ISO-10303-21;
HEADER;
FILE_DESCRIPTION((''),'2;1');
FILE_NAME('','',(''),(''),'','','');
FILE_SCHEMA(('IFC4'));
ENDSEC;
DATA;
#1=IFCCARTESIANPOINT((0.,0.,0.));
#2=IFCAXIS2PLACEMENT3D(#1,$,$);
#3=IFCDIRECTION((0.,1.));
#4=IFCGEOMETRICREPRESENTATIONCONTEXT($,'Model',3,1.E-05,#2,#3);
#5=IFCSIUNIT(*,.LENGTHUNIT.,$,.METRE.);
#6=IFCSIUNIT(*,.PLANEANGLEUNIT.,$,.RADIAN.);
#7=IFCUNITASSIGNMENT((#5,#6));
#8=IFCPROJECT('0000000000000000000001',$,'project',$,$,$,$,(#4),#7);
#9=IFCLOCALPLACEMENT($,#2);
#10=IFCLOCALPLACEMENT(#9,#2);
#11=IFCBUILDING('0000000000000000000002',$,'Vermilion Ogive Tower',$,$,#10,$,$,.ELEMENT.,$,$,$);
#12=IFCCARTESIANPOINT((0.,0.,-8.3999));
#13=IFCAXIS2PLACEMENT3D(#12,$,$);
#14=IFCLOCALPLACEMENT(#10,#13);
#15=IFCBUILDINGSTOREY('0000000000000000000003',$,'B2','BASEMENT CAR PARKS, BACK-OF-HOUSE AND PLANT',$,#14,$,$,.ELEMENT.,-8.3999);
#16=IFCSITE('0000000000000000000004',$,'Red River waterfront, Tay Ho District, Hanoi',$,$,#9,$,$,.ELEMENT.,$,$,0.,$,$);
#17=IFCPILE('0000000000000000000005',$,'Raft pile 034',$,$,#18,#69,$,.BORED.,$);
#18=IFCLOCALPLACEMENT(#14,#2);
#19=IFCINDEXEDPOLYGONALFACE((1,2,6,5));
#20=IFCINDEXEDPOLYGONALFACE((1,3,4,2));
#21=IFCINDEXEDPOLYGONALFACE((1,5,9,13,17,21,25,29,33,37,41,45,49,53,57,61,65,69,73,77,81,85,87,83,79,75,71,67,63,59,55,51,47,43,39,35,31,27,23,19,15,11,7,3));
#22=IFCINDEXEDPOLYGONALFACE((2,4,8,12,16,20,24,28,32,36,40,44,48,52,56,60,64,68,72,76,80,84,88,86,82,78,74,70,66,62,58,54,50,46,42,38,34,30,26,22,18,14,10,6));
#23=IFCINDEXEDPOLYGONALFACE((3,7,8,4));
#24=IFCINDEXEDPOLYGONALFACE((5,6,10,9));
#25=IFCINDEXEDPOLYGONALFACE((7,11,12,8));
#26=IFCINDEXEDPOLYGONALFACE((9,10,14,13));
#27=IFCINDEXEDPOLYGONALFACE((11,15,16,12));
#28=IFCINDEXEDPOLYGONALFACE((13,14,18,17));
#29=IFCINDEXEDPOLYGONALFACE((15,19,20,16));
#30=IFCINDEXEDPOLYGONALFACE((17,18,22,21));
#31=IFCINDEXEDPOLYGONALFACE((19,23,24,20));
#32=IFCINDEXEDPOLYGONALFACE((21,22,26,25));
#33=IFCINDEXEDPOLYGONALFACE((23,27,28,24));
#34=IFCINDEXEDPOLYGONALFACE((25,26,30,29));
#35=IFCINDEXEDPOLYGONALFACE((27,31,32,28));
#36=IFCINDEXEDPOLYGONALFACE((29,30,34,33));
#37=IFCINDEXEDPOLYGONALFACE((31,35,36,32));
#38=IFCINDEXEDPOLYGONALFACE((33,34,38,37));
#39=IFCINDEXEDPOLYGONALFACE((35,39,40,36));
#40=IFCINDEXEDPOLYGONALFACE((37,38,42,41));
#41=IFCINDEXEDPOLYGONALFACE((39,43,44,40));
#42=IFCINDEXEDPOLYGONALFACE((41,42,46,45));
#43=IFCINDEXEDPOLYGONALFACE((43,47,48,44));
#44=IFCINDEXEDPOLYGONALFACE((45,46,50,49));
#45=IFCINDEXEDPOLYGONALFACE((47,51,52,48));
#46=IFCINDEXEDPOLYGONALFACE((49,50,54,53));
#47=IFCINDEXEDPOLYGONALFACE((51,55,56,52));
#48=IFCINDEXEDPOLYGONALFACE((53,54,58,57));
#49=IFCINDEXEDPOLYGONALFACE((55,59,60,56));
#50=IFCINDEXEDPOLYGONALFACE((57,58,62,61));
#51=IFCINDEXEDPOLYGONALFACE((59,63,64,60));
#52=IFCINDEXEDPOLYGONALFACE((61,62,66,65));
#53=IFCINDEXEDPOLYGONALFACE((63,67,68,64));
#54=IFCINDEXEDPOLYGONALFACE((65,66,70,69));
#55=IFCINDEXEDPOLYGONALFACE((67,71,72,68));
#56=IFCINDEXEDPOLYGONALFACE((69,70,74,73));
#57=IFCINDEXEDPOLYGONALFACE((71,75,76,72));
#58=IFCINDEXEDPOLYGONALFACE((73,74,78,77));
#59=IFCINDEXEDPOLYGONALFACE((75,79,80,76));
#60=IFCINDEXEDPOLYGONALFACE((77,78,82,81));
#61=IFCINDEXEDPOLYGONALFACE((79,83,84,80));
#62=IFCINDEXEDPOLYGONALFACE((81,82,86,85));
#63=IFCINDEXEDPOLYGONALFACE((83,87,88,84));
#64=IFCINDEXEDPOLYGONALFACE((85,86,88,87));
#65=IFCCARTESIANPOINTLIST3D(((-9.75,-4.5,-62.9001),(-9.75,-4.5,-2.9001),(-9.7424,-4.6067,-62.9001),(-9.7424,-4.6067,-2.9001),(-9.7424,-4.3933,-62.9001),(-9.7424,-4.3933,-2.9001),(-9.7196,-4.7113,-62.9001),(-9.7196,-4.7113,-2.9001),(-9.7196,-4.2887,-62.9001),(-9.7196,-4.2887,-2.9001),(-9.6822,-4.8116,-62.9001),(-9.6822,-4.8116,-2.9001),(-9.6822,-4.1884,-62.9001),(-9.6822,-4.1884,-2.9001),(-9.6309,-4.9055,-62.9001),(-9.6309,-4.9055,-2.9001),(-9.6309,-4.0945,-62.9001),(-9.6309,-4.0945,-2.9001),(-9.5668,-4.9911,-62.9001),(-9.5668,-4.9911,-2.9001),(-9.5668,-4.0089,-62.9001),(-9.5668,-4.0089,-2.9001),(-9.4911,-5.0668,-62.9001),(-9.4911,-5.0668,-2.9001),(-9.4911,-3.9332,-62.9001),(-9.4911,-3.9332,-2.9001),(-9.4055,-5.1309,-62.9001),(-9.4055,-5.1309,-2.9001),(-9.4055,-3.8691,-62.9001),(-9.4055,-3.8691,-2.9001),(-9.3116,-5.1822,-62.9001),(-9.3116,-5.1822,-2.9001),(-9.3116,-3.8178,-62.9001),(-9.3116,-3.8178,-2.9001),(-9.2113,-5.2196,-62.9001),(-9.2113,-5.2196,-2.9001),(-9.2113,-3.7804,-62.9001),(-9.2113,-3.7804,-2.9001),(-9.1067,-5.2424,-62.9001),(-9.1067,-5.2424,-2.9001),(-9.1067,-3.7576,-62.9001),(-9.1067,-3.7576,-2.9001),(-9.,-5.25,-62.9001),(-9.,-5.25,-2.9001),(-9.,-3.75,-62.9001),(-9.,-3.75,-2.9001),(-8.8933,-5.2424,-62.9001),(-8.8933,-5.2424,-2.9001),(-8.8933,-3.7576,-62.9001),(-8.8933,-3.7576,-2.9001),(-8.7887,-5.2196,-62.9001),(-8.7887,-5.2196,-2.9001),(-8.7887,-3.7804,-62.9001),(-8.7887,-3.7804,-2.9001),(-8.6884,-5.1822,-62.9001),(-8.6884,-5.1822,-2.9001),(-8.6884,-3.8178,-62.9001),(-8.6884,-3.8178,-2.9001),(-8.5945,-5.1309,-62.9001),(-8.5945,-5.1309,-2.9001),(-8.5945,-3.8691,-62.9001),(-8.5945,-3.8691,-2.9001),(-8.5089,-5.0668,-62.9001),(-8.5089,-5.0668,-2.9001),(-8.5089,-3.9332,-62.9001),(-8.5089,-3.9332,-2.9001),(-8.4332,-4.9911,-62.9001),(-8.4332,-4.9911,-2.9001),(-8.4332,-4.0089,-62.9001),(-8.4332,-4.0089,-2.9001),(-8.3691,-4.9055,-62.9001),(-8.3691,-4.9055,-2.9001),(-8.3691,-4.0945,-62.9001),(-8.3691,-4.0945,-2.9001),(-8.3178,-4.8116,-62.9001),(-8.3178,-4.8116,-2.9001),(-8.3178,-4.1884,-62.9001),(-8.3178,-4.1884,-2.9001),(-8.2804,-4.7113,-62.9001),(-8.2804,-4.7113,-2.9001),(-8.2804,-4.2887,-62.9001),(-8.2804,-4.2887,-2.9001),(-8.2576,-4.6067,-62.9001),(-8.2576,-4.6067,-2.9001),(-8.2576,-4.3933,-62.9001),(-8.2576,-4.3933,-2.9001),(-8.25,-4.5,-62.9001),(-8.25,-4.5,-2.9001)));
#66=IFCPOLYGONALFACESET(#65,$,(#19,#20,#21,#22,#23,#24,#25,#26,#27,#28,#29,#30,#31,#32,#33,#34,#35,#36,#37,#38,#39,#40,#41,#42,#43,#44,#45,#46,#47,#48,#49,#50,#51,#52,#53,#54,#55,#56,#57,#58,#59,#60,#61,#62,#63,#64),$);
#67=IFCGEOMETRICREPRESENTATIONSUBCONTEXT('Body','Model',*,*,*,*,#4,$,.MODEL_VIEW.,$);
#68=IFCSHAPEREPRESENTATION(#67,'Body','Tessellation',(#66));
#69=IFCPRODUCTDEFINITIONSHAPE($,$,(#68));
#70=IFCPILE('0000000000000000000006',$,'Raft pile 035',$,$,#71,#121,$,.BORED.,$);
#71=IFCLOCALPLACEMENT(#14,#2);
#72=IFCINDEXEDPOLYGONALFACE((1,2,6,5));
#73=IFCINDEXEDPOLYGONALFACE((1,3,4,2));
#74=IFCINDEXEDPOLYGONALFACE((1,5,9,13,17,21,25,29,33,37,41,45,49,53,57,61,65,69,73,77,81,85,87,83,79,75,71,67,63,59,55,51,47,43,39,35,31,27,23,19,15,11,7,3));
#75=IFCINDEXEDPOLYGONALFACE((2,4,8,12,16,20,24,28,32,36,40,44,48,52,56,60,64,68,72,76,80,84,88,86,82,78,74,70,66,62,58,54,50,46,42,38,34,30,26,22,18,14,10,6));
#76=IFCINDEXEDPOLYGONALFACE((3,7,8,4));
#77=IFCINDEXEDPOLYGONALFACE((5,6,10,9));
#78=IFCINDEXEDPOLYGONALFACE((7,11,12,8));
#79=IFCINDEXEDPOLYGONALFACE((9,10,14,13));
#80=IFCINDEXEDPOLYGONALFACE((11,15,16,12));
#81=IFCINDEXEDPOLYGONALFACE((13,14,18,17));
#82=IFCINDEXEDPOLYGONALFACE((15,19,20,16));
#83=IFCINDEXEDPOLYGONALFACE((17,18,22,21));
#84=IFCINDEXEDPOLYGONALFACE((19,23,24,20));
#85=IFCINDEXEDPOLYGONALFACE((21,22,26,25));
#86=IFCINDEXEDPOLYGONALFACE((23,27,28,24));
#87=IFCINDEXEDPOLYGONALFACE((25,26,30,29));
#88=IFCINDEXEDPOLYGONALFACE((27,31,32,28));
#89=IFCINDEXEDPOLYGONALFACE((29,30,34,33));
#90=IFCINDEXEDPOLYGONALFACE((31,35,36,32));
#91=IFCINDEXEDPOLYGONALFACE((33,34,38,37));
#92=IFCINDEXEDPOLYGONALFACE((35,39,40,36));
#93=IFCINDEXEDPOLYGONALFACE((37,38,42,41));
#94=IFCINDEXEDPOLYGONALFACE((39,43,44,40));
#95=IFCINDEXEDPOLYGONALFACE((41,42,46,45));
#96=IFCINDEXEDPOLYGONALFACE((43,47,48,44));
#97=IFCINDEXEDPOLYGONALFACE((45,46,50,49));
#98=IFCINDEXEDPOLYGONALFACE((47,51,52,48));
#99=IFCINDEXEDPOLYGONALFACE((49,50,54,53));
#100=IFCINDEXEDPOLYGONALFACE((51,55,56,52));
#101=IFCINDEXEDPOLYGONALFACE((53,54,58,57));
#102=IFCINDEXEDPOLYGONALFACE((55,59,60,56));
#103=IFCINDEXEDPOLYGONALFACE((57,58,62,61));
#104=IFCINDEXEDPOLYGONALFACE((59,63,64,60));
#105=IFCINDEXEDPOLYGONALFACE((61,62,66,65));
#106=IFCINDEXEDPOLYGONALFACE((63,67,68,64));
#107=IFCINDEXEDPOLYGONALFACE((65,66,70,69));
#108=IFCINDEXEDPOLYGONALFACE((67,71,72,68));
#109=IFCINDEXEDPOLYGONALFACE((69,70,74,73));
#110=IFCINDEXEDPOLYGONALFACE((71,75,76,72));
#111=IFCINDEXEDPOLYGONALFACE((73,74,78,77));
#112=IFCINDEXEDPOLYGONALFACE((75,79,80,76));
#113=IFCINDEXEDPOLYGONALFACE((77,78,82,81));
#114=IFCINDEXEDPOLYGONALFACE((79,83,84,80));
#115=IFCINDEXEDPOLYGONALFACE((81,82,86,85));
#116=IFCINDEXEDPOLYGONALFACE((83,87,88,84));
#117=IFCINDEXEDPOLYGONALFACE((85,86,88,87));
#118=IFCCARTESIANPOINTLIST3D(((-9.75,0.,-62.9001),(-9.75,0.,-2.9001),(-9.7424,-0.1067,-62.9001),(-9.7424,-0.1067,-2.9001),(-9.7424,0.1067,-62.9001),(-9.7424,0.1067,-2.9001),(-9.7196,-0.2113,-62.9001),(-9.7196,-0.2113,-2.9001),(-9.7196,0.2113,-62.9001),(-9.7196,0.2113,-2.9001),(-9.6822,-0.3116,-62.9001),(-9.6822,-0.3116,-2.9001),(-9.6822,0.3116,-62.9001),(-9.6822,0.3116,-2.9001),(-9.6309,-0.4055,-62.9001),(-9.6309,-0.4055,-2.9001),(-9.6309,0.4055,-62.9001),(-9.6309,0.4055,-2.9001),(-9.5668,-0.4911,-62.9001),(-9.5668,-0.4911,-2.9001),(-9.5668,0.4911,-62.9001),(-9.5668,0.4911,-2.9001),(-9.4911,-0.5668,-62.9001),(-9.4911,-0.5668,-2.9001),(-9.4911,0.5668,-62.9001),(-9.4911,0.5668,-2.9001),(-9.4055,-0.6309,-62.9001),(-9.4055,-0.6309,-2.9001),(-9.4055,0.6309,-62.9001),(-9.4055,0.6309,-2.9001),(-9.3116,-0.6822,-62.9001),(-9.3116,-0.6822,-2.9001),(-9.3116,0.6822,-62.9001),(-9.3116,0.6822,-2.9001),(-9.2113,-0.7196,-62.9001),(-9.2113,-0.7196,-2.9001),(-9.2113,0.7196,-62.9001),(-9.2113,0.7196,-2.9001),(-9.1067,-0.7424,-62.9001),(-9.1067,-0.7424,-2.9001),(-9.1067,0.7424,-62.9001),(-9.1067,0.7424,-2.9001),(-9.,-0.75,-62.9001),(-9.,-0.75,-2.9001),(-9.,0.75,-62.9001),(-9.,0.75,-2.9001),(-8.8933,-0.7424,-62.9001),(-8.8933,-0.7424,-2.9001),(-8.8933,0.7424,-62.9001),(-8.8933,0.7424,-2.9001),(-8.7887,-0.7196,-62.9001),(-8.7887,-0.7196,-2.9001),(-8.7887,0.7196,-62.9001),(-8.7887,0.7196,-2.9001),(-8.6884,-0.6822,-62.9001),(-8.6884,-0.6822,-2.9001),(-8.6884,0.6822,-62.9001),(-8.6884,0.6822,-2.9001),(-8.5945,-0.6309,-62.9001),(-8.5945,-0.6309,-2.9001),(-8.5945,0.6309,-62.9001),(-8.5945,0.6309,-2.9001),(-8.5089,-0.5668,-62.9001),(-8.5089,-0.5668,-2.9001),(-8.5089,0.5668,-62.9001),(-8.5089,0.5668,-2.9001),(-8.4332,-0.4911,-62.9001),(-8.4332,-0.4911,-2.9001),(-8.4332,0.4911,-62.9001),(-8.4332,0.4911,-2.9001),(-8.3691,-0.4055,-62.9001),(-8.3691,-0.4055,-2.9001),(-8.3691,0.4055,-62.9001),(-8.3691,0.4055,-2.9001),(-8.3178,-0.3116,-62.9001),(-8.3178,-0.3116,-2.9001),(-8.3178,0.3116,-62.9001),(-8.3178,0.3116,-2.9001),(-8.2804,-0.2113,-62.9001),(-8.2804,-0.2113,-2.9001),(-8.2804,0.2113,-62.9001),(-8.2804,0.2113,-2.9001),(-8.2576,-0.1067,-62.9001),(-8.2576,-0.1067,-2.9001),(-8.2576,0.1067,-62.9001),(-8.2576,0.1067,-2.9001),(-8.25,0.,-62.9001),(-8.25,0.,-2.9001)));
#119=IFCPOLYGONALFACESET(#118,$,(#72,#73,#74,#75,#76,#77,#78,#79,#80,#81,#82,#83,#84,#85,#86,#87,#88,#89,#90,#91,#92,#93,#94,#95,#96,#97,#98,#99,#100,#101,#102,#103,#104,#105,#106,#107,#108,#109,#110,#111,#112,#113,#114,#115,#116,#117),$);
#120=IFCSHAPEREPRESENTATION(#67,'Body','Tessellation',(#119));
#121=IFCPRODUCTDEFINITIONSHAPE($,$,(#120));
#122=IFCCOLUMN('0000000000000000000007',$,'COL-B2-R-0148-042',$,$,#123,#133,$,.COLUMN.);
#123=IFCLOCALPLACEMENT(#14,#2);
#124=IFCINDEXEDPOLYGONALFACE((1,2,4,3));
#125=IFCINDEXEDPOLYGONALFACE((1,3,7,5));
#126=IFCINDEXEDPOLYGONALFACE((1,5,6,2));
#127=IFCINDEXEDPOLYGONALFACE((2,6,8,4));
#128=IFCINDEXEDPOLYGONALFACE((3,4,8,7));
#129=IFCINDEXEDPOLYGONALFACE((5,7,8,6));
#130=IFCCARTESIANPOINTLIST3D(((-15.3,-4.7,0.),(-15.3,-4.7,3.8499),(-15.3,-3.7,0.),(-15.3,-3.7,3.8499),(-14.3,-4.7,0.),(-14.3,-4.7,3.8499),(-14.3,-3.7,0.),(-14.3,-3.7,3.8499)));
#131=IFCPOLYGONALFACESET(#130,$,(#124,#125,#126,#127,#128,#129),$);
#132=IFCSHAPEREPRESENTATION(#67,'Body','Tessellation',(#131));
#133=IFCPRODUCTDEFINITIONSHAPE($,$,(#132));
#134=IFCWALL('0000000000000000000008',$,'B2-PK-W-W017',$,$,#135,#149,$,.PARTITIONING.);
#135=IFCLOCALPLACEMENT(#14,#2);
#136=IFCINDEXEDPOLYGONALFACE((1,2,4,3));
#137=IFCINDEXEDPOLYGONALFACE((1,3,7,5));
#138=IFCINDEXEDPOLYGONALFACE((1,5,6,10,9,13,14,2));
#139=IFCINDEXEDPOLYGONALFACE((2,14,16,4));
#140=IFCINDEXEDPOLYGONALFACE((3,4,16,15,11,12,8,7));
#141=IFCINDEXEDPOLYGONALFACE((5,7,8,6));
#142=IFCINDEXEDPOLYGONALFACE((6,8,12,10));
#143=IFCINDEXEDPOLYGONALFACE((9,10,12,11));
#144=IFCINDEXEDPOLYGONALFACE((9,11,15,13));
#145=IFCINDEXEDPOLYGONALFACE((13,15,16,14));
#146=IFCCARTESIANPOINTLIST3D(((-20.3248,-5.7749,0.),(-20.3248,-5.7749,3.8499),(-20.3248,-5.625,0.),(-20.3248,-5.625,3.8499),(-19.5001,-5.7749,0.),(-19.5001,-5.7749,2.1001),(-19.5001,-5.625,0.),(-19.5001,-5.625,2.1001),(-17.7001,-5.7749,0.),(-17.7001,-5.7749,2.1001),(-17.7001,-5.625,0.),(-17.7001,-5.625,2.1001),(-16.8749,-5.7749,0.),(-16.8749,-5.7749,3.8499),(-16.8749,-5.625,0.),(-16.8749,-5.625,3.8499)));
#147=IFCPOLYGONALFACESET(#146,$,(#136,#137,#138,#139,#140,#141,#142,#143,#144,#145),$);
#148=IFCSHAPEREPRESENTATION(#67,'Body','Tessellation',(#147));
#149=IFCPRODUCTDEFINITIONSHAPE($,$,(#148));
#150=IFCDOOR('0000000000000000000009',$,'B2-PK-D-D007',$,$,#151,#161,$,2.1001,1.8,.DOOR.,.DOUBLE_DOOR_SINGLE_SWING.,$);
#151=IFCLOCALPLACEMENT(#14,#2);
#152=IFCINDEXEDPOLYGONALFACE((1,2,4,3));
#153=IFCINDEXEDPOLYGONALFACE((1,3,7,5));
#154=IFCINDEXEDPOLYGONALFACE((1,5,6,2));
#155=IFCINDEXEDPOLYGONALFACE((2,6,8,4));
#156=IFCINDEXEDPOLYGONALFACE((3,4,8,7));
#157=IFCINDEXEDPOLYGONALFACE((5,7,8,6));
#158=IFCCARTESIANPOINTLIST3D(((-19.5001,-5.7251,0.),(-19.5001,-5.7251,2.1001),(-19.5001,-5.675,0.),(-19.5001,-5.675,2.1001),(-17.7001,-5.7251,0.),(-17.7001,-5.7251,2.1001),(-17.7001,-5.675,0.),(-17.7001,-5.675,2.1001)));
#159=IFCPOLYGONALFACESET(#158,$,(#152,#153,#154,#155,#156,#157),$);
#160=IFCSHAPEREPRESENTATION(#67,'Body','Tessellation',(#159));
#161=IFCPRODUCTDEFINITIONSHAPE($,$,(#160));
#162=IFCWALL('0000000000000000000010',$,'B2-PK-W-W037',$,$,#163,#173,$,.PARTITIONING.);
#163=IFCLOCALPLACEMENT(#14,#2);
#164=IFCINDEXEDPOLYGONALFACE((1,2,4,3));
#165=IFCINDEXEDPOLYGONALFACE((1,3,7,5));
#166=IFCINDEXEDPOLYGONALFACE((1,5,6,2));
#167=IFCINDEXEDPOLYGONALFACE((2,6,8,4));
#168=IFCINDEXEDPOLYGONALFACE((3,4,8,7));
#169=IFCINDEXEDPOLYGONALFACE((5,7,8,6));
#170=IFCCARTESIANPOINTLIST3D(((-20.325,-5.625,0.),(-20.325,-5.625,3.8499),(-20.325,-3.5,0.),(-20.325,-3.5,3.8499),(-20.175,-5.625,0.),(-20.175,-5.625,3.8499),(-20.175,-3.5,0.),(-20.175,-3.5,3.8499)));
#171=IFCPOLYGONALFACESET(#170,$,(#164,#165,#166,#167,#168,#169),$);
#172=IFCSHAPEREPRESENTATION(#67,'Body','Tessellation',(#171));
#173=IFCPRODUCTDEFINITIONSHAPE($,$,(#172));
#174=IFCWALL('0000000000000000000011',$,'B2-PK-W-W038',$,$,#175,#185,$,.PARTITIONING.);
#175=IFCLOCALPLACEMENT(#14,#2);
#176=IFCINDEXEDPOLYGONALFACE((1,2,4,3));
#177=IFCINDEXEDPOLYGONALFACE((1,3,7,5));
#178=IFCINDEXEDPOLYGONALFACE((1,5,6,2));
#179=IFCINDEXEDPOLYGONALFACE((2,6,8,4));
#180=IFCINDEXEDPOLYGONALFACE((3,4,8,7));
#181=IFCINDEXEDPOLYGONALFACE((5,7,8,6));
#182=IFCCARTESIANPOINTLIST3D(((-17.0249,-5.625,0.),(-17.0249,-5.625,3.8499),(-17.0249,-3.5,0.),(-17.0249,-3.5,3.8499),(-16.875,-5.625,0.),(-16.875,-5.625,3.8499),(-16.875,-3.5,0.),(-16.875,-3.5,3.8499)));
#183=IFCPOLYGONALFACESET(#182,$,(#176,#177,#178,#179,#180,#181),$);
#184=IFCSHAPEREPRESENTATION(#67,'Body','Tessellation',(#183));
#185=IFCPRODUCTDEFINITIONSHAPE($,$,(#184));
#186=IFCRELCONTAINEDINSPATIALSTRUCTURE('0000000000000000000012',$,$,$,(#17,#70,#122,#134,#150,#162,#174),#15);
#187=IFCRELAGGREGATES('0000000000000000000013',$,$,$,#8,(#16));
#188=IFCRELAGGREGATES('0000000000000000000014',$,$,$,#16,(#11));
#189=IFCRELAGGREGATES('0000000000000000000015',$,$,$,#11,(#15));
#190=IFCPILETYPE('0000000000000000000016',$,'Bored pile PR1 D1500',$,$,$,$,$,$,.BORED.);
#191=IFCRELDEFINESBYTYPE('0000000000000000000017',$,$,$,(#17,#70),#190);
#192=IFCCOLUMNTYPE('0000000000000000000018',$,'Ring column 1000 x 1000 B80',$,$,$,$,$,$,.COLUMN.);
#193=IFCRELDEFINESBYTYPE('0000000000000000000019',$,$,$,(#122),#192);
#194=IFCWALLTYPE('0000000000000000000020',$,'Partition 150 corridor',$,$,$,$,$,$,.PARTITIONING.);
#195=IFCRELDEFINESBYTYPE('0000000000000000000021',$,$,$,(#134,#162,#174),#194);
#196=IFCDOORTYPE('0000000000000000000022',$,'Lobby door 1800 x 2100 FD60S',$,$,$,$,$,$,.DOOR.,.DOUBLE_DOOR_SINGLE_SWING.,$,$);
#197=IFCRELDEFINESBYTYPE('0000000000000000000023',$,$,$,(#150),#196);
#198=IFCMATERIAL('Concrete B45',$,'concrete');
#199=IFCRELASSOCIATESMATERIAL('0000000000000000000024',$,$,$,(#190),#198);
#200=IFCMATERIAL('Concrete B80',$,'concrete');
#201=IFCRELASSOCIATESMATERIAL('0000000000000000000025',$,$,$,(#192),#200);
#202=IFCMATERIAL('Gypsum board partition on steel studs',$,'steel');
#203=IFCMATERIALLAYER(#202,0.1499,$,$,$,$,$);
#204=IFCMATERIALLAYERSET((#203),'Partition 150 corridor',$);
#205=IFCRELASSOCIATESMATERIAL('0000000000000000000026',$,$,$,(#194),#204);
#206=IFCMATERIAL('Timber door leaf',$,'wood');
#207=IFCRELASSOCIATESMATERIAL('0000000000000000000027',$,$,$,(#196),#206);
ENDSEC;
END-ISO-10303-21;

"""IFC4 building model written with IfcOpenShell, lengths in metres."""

from ifc_helpers import new_model, si_unit, direction, frame, frame_2d, origin, origin_2d, place, context, subcontext, project, spatial, rectangle, circle, extrude, material, layer, layer_set, material_profile, profile_set, type_object, element, fill, save


model = new_model("IFC4")

# Units and contexts
model_context = context("Model", 3, precision=1e-05, world=origin(), true_north=direction((0.0, 1.0)))
body_context = subcontext(model_context, "Body", "Model", "MODEL_VIEW")
ifc_project = project(units=[si_unit("LENGTHUNIT", "METRE"), si_unit("PLANEANGLEUNIT", "RADIAN")], contexts=[model_context])

# Site, building, storey
site_placement = place(None, origin())
site = spatial("IfcSite", under=ifc_project, at=site_placement, Name="Red River waterfront, Tay Ho District, Hanoi", CompositionType="ELEMENT", RefElevation=0.0)
building_placement = place(site_placement, origin())
building = spatial("IfcBuilding", under=site, at=building_placement, Name="Vermilion Ogive Tower", CompositionType="ELEMENT")
storey_placement = place(building_placement, frame((0.0, 0.0, -8.3999)))
storey = spatial("IfcBuildingStorey", under=building, at=storey_placement, Name="B2", Description="BASEMENT CAR PARKS, BACK-OF-HOUSE AND PLANT", CompositionType="ELEMENT", Elevation=-8.3999)

# Piles
ifc_material_1 = material(Name="Concrete B45", Category="concrete")
pile_type = type_object("IfcPileType", Name="Bored pile PR1 D1500", PredefinedType="BORED", material=ifc_material_1)
for number, where, z_axis, x_axis, name in (
    (1, (-9.0, -4.5, -2.9001), (0.0, 0.0, -1.0), (1.0, 0.0, 0.0), "Raft pile 034"),
    (2, (-9.0, 0.0, -2.9001), (0.0, 0.0, -1.0), (1.0, 0.0, 0.0), "Raft pile 035"),
):
    element("IfcPile", number, at=place(storey_placement, frame(where, z_axis=z_axis, x_axis=x_axis)), inside=storey, type_object=pile_type, Name=name, PredefinedType="BORED", context=body_context, shape_type="SweptSolid", body=[
        extrude(circle(Radius=0.75, at=origin_2d()), origin(), (0.0, 0.0, 1.0), 60.0),
    ])

# Column
ifc_material_2 = material(Name="Concrete B80", Category="concrete")
ifc_material_profile = material_profile(ifc_material_2, rectangle(XDim=1.0, YDim=1.0, at=origin_2d()), Name="1000 x 1000")
ifc_profile_set = profile_set([ifc_material_profile], Name="Concrete B80")
column_type = type_object("IfcColumnType", Name="Ring column 1000 x 1000 B80", PredefinedType="COLUMN", material=ifc_profile_set)
column_placement = place(storey_placement, frame((-14.8, -4.2, 0.0), z_axis=(0.0, 0.0, 1.0), x_axis=(1.0, 0.0, 0.0)))
element("IfcColumn", 3, at=column_placement, inside=storey, type_object=column_type, Name="COL-B2-R-0148-042", PredefinedType="COLUMN", context=body_context, shape_type="SweptSolid", body=[
    extrude(rectangle(XDim=1.0, YDim=1.0, at=origin_2d()), origin(), (0.0, 0.0, 1.0), 3.8499),
])

# Wall, opening, door
ifc_material_3 = material(Name="Gypsum board partition on steel studs", Category="steel")
ifc_layer_1 = layer(ifc_material_3, 0.1499)
ifc_layer_set_1 = layer_set([ifc_layer_1], Name="Partition 150 corridor")
wall_type_1 = type_object("IfcWallType", Name="Partition 150 corridor", PredefinedType="PARTITIONING", material=ifc_layer_set_1)
wall_1_placement = place(storey_placement, frame((-20.325, -5.7, 0.0), z_axis=(0.0, 0.0, 1.0), x_axis=(1.0, 0.0, 0.0)))
wall_1 = element("IfcWall", 4, at=wall_1_placement, inside=storey, type_object=wall_type_1, Name="B2-PK-W-W017", PredefinedType="PARTITIONING", context=body_context, shape_type="SweptSolid", body=[
    extrude(rectangle(XDim=3.45, YDim=0.1499, at=frame_2d((1.7251, 0.0))), origin(), (0.0, 0.0, 1.0), 3.8499),
])
opening_1_placement = place(wall_1_placement, frame((0.825, 0.0, 0.0)))
opening_1 = element("IfcOpeningElement", 5, at=opening_1_placement, cuts=wall_1, PredefinedType="OPENING", context=body_context, shape_type="SweptSolid", body=[
    extrude(rectangle(XDim=1.8, YDim=2.1001, at=frame_2d((0.8999, 1.05))), frame((0.0, 0.085, 0.0), z_axis=(0.0, -1.0, 0.0), x_axis=(1.0, 0.0, 0.0)), (0.0, 0.0, 1.0), 0.1699),
])
ifc_material_4 = material(Name="Timber door leaf", Category="wood")
door_type_1 = type_object("IfcDoorType", Name="Lobby door 1800 x 2100 FD60S", OperationType="DOUBLE_DOOR_SINGLE_SWING", PredefinedType="DOOR", material=ifc_material_4)
door_1_placement = place(opening_1_placement, origin())
door_1 = element("IfcDoor", 6, at=door_1_placement, inside=storey, type_object=door_type_1, Name="B2-PK-D-D007", OperationType="DOUBLE_DOOR_SINGLE_SWING", OverallHeight=2.1001, OverallWidth=1.8, PredefinedType="DOOR", context=body_context, shape_type="SweptSolid", body=[
    extrude(rectangle(XDim=1.8, YDim=2.1001, at=frame_2d((0.8999, 1.05))), frame((0.0, 0.0249, 0.0), z_axis=(0.0, -1.0, 0.0), x_axis=(1.0, 0.0, 0.0)), (0.0, 0.0, 1.0), 0.05),
])
fill(opening_1, door_1)

# Walls
for number, where, z_axis, x_axis, name in (
    (7, (-20.25, -5.625, 0.0), (0.0, 0.0, 1.0), (0.0, 1.0, 0.0), "B2-PK-W-W037"),
    (8, (-16.95, -5.625, 0.0), (0.0, 0.0, 1.0), (0.0, 1.0, 0.0), "B2-PK-W-W038"),
):
    element("IfcWall", number, at=place(storey_placement, frame(where, z_axis=z_axis, x_axis=x_axis)), inside=storey, type_object=wall_type_1, Name=name, PredefinedType="PARTITIONING", context=body_context, shape_type="SweptSolid", body=[
        extrude(rectangle(XDim=2.125, YDim=0.1499, at=frame_2d((1.0625, 0.0))), origin(), (0.0, 0.0, 1.0), 3.8499),
    ])

save(model, "model.ifc")
